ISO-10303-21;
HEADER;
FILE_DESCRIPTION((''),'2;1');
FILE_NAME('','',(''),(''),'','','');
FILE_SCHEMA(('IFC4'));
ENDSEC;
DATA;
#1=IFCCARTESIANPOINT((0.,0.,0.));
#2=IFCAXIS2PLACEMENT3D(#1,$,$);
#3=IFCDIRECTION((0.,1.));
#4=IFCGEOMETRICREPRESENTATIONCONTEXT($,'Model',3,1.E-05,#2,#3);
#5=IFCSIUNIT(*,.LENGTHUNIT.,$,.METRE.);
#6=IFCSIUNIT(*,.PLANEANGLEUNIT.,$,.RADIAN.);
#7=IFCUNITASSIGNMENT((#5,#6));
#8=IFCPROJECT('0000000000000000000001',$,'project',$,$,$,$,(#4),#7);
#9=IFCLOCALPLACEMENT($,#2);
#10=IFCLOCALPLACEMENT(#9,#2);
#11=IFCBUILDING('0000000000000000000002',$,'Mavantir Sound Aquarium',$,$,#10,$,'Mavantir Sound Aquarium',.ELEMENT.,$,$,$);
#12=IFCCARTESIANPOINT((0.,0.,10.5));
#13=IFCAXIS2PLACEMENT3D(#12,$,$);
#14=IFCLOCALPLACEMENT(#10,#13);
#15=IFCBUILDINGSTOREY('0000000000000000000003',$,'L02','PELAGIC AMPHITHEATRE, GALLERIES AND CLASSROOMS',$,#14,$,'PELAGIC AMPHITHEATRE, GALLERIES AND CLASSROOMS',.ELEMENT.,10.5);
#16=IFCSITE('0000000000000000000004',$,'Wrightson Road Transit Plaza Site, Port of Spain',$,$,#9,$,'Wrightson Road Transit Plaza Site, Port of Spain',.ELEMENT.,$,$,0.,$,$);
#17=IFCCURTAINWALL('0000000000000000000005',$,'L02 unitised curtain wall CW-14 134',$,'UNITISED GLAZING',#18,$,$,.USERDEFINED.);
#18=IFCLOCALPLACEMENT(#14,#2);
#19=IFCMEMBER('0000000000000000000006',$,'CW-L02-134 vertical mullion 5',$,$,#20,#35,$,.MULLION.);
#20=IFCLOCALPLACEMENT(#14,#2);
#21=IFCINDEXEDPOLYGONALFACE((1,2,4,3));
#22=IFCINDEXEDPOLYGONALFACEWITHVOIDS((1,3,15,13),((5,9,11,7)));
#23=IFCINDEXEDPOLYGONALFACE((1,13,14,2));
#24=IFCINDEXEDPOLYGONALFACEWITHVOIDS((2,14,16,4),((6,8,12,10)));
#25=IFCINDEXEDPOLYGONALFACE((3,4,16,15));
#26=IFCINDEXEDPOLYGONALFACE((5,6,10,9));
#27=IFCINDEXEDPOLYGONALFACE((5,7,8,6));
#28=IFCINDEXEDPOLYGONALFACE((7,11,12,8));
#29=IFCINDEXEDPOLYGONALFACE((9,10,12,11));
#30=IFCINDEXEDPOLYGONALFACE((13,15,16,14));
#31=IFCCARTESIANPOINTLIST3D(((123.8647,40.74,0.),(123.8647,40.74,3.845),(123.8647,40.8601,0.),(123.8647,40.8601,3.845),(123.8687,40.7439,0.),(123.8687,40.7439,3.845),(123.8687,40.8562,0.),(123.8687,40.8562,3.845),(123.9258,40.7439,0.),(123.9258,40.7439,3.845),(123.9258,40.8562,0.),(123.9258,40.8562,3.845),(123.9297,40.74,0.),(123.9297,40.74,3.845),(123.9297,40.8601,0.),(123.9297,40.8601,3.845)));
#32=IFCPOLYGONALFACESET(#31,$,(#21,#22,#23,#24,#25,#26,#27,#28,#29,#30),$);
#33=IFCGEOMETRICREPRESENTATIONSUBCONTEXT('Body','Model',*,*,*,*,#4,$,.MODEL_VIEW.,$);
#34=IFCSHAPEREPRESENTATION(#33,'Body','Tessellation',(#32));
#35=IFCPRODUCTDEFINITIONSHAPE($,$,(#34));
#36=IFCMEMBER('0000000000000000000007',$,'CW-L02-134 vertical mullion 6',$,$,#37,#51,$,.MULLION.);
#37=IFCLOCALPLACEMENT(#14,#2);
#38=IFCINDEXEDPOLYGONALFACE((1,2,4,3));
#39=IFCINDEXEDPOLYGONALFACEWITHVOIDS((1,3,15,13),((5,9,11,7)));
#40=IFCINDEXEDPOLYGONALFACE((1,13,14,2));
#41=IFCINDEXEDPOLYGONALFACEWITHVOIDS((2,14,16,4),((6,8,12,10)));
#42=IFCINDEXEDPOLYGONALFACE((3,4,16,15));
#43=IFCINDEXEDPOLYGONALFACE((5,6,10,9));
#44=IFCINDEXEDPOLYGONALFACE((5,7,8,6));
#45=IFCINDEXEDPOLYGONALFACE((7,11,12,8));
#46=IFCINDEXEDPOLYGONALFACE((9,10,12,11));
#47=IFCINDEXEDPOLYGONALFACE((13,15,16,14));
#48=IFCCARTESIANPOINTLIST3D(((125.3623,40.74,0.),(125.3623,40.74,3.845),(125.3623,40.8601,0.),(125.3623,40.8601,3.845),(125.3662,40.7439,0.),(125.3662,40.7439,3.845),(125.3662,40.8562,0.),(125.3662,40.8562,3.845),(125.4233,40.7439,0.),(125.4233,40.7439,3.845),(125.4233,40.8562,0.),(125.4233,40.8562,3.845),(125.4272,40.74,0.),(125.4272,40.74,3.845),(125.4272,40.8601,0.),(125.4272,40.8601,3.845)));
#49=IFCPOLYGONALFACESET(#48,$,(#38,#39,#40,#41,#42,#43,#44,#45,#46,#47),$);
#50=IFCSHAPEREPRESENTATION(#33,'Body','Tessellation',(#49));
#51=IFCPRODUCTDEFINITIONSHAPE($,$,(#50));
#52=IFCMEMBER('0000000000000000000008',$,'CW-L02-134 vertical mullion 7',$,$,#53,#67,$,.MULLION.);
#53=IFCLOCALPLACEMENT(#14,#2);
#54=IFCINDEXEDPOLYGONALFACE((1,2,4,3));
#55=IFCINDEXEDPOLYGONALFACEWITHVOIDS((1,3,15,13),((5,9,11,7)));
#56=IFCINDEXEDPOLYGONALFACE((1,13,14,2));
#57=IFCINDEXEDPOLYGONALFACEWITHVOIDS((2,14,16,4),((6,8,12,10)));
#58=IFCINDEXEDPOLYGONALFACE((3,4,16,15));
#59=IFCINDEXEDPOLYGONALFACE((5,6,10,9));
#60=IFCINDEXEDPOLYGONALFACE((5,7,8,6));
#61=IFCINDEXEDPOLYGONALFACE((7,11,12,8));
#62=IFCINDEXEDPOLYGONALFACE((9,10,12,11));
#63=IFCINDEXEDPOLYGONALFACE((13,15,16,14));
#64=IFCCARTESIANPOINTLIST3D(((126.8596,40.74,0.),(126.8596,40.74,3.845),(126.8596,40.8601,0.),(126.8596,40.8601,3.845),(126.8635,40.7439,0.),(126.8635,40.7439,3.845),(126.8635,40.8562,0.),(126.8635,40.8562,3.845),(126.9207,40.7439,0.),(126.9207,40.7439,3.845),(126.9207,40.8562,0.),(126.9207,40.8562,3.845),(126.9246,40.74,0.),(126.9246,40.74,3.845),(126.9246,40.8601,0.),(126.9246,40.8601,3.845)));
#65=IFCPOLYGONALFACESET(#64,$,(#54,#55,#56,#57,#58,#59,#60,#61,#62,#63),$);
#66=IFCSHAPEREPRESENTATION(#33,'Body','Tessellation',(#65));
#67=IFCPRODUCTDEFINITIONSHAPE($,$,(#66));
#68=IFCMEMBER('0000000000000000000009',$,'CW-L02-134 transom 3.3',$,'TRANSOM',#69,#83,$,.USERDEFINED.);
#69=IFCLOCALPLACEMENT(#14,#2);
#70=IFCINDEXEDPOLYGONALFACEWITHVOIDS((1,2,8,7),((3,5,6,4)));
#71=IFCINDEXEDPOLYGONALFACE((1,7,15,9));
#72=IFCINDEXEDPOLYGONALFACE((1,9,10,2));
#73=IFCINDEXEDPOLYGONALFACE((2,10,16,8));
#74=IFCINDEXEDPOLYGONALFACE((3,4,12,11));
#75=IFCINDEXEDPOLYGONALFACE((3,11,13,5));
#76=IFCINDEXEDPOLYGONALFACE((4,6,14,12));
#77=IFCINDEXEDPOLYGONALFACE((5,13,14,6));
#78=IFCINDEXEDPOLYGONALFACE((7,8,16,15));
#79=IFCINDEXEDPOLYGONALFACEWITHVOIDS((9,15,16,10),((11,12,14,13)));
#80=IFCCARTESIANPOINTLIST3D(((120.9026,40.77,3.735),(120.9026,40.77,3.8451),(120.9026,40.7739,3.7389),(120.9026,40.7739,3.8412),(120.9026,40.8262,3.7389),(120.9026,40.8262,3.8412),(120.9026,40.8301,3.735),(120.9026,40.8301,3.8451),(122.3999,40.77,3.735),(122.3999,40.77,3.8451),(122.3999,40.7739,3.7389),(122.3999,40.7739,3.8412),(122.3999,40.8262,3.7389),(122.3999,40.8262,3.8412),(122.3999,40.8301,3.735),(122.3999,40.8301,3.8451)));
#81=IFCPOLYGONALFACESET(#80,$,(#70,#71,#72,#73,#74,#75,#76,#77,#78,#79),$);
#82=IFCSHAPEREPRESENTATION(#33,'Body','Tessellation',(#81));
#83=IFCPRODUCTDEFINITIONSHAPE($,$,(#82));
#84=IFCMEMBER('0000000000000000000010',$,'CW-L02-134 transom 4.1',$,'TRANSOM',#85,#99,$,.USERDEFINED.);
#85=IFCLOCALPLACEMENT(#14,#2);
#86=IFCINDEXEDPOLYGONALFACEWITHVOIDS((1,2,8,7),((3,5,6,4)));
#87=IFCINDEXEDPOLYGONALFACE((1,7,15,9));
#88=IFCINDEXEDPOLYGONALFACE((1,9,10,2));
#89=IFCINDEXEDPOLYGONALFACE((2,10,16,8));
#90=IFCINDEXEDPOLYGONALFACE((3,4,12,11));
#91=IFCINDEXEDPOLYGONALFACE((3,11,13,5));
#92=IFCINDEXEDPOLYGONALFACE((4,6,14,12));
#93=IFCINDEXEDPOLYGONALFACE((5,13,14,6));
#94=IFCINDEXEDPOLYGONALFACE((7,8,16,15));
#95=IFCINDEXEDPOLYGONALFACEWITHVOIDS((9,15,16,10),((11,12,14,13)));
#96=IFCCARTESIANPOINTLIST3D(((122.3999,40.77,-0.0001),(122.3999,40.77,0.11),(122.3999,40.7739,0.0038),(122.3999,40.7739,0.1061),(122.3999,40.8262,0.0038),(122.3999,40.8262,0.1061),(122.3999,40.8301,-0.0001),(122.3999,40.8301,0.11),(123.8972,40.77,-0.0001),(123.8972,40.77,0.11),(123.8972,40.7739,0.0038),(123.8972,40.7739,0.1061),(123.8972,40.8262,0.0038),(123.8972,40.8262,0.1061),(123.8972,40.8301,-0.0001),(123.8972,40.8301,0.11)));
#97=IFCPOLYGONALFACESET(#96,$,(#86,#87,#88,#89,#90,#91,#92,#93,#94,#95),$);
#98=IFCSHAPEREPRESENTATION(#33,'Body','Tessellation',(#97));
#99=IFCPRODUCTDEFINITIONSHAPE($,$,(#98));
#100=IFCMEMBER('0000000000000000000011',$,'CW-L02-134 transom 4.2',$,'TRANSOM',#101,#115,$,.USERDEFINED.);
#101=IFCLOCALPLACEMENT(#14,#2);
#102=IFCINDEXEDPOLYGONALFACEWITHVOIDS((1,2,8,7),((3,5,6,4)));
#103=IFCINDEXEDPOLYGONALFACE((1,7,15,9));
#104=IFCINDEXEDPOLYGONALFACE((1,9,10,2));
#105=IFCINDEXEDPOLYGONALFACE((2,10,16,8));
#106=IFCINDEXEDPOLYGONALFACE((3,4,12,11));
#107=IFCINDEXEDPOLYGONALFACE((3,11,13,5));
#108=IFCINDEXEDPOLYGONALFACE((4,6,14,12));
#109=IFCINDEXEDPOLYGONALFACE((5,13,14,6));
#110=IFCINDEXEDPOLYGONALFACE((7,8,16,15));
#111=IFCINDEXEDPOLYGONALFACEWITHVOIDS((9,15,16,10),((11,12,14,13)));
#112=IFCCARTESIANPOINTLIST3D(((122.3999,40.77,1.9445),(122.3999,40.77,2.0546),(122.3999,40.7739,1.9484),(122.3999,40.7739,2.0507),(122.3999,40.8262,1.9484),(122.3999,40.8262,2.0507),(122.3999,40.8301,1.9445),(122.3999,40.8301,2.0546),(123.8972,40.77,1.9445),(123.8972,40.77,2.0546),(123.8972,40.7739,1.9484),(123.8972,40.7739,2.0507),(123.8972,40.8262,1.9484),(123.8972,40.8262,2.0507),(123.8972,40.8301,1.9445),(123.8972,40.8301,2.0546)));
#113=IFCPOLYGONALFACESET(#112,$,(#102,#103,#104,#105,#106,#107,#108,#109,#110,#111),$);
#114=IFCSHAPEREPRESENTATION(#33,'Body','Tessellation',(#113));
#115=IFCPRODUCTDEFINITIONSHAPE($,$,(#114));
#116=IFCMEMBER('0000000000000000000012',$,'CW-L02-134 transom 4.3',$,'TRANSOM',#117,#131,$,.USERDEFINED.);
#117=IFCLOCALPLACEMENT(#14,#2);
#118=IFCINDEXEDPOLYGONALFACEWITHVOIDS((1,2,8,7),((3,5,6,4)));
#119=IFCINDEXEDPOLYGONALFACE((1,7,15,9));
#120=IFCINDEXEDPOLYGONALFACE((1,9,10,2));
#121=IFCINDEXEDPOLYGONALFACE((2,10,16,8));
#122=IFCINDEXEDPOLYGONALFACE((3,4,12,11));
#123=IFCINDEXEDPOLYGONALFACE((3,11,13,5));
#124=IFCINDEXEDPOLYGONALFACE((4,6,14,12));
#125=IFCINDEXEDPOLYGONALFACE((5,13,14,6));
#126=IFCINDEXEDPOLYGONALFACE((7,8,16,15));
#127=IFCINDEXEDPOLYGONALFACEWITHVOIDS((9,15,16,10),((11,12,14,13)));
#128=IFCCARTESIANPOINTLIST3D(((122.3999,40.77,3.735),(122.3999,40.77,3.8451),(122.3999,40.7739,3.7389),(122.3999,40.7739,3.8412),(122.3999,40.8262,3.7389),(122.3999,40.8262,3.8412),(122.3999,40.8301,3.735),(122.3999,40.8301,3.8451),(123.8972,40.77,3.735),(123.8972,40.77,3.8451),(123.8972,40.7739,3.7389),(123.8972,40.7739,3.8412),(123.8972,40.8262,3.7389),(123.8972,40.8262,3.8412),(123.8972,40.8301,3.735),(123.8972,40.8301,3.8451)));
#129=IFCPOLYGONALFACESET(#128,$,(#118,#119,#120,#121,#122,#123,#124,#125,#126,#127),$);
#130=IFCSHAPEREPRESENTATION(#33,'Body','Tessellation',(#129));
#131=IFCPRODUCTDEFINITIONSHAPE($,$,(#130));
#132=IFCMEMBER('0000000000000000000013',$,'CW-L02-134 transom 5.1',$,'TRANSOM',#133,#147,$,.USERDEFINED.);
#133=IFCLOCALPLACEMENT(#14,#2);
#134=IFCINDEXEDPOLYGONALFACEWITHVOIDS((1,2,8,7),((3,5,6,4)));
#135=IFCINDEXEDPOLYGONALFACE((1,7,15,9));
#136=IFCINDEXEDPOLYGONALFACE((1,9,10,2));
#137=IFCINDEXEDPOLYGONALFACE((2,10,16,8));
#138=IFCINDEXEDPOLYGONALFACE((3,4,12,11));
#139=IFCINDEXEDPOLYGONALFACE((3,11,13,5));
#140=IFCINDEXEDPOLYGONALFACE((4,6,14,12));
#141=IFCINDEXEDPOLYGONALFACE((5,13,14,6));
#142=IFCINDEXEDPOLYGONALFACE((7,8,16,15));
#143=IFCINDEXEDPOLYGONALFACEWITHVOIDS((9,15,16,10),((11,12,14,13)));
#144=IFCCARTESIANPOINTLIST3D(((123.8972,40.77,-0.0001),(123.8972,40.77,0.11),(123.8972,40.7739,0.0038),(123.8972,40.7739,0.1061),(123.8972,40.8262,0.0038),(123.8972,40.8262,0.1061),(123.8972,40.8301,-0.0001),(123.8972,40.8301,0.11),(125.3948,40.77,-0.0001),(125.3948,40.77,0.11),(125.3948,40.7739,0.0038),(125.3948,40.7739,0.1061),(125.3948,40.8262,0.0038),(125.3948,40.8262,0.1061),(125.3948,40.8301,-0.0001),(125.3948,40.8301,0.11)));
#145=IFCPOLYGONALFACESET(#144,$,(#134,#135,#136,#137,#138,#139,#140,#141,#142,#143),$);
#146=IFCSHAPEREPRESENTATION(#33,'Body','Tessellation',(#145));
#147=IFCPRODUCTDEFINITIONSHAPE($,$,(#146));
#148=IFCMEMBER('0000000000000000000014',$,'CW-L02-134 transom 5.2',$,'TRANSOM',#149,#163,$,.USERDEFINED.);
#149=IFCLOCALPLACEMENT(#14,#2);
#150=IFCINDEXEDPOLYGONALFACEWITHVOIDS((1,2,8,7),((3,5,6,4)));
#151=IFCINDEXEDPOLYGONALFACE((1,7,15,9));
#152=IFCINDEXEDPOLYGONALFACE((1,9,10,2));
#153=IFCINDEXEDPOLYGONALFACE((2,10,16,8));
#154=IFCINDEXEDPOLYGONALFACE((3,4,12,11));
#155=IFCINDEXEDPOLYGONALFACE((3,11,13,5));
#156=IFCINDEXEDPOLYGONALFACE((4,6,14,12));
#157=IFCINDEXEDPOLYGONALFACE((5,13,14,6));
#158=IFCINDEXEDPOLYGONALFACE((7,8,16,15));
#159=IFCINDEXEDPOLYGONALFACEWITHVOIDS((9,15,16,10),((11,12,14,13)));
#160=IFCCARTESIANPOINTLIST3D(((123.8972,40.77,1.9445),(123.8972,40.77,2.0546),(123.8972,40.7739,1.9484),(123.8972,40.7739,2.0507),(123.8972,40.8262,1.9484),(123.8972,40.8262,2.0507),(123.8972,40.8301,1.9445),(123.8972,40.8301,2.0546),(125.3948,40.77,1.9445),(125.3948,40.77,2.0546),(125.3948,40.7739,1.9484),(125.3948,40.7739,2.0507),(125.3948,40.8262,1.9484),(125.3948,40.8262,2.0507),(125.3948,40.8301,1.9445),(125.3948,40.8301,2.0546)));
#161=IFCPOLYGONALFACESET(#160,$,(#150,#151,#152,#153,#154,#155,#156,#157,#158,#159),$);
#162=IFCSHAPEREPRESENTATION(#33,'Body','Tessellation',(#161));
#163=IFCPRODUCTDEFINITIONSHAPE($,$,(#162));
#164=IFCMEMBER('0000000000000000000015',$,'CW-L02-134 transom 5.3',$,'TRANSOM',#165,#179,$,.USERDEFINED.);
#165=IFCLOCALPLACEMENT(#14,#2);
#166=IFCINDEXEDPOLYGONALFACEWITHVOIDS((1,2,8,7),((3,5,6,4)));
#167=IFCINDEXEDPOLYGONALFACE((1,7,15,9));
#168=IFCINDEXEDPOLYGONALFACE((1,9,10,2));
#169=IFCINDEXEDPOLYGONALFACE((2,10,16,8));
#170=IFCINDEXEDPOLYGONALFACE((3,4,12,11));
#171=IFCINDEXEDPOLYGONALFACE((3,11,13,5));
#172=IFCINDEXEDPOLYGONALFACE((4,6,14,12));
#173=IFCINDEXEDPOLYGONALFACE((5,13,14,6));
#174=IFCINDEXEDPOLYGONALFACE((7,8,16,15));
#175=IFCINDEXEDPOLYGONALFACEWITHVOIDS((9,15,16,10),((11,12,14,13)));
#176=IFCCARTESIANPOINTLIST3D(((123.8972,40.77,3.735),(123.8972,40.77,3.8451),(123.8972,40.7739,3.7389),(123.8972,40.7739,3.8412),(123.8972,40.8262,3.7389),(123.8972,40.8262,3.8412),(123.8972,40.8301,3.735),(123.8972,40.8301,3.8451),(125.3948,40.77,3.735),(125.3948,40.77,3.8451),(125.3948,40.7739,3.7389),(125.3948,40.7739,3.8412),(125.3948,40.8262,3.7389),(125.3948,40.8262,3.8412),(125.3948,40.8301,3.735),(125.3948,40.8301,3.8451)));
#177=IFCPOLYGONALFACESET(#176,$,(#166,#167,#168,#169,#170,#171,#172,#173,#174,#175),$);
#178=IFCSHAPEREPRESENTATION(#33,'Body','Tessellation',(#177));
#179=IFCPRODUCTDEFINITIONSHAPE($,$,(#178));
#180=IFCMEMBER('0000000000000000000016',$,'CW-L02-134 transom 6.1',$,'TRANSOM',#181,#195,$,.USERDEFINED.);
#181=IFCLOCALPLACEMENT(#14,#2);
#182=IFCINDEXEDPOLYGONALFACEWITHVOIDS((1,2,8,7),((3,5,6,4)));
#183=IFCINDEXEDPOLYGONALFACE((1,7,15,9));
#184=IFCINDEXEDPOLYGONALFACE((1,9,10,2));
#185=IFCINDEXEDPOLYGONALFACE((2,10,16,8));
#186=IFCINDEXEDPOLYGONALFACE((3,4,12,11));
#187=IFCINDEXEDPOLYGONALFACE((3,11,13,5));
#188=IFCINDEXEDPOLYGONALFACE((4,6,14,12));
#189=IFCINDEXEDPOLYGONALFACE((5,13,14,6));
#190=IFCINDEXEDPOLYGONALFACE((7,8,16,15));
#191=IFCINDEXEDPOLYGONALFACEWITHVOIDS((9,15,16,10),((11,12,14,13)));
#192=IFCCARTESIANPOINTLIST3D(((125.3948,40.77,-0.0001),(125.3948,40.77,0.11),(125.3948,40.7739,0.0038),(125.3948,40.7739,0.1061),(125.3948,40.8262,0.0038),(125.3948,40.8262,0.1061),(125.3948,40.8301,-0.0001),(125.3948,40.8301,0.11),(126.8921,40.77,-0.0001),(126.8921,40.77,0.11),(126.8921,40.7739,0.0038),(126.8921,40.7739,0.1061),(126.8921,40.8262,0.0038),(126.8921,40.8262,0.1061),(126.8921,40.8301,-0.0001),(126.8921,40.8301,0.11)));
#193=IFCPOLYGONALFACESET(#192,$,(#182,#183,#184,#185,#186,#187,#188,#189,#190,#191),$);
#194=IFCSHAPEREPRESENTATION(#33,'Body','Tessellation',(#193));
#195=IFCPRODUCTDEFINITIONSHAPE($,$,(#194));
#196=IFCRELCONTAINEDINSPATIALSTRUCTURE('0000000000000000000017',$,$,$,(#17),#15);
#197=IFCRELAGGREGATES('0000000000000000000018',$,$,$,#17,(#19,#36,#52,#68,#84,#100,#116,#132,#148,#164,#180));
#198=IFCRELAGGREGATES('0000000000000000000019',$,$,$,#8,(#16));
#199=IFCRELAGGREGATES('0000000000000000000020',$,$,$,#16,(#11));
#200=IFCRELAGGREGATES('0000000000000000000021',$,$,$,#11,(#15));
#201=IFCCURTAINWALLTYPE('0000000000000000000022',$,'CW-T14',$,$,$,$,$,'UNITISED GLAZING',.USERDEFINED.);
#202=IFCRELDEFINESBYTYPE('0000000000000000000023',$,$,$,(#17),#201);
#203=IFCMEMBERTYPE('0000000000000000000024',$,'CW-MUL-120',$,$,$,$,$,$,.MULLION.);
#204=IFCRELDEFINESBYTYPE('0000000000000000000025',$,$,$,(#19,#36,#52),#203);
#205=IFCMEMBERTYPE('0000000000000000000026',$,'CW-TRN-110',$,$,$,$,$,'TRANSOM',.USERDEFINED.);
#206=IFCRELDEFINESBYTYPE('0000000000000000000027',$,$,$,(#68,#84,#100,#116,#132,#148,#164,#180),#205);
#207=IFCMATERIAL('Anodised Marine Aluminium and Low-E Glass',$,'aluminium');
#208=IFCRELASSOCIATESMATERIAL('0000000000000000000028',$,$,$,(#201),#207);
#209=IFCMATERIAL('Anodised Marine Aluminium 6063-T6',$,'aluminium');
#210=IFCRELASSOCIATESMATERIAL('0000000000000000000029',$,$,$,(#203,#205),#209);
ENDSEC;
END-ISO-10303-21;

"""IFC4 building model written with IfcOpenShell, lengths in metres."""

from ifc_helpers import new_model, si_unit, direction, frame, origin, origin_2d, place, context, subcontext, project, spatial, hollow_rectangle, extrude, material, material_profile, profile_set, type_object, element, aggregate, save


model = new_model("IFC4")

# Units and contexts
model_context = context("Model", 3, precision=1e-05, world=origin(), true_north=direction((0.0, 1.0)))
body_context = subcontext(model_context, "Body", "Model", "MODEL_VIEW")
ifc_project = project(units=[si_unit("LENGTHUNIT", "METRE"), si_unit("PLANEANGLEUNIT", "RADIAN")], contexts=[model_context])

# Site, building, storey
site_placement = place(None, origin())
site = spatial("IfcSite", under=ifc_project, at=site_placement, Name="Wrightson Road Transit Plaza Site, Port of Spain", LongName="Wrightson Road Transit Plaza Site, Port of Spain", CompositionType="ELEMENT", RefElevation=0.0)
building_placement = place(site_placement, origin())
building = spatial("IfcBuilding", under=site, at=building_placement, Name="Mavantir Sound Aquarium", LongName="Mavantir Sound Aquarium", CompositionType="ELEMENT")
storey_placement = place(building_placement, frame((0.0, 0.0, 10.5)))
storey = spatial("IfcBuildingStorey", under=building, at=storey_placement, Name="L02", Description="PELAGIC AMPHITHEATRE, GALLERIES AND CLASSROOMS", LongName="PELAGIC AMPHITHEATRE, GALLERIES AND CLASSROOMS", CompositionType="ELEMENT", Elevation=10.5)

# Curtain wall, members
ifc_material_1 = material(Name="Anodised Marine Aluminium and Low-E Glass", Category="aluminium")
curtain_wall_type = type_object("IfcCurtainWallType", Name="CW-T14", ElementType="UNITISED GLAZING", PredefinedType="USERDEFINED", material=ifc_material_1)
curtain_wall_placement = place(storey_placement, origin())
curtain_wall = element("IfcCurtainWall", 1, at=curtain_wall_placement, inside=storey, type_object=curtain_wall_type, Name="L02 unitised curtain wall CW-14 134", ObjectType="UNITISED GLAZING", PredefinedType="USERDEFINED")
ifc_material_2 = material(Name="Anodised Marine Aluminium 6063-T6", Category="aluminium")
ifc_material_profile_1 = material_profile(ifc_material_2, hollow_rectangle(XDim=0.0649, YDim=0.1201, WallThickness=0.0039, at=origin_2d()), Name="ALU-MULLION-120X65")
ifc_profile_set_1 = profile_set([ifc_material_profile_1], Name="Anodised Marine Aluminium 6063-T6")
member_type_1 = type_object("IfcMemberType", Name="CW-MUL-120", PredefinedType="MULLION", material=ifc_profile_set_1)
member_1_placement = place(storey_placement, frame((123.8972, 40.8, 0.0), z_axis=(0.0, 0.0, 1.0), x_axis=(1.0, 0.0, 0.0)))
member_1 = element("IfcMember", 2, at=member_1_placement, type_object=member_type_1, Name="CW-L02-134 vertical mullion 5", PredefinedType="MULLION", context=body_context, shape_type="SweptSolid", body=[
    extrude(hollow_rectangle(XDim=0.0649, YDim=0.1201, WallThickness=0.0039, at=origin_2d()), origin(), (0.0, 0.0, 1.0), 3.845),
])
member_2_placement = place(storey_placement, frame((125.3948, 40.8, 0.0), z_axis=(0.0, 0.0, 1.0), x_axis=(1.0, 0.0, 0.0)))
member_2 = element("IfcMember", 3, at=member_2_placement, type_object=member_type_1, Name="CW-L02-134 vertical mullion 6", PredefinedType="MULLION", context=body_context, shape_type="SweptSolid", body=[
    extrude(hollow_rectangle(XDim=0.0649, YDim=0.1201, WallThickness=0.0039, at=origin_2d()), origin(), (0.0, 0.0, 1.0), 3.845),
])
member_3_placement = place(storey_placement, frame((126.8921, 40.8, 0.0), z_axis=(0.0, 0.0, 1.0), x_axis=(1.0, 0.0, 0.0)))
member_3 = element("IfcMember", 4, at=member_3_placement, type_object=member_type_1, Name="CW-L02-134 vertical mullion 7", PredefinedType="MULLION", context=body_context, shape_type="SweptSolid", body=[
    extrude(hollow_rectangle(XDim=0.0649, YDim=0.1201, WallThickness=0.0039, at=origin_2d()), origin(), (0.0, 0.0, 1.0), 3.845),
])
ifc_material_profile_2 = material_profile(ifc_material_2, hollow_rectangle(XDim=0.0601, YDim=0.1101, WallThickness=0.0039, at=origin_2d()), Name="ALU-TRANSOM-110X60")
ifc_profile_set_2 = profile_set([ifc_material_profile_2], Name="Anodised Marine Aluminium 6063-T6")
member_type_2 = type_object("IfcMemberType", Name="CW-TRN-110", ElementType="TRANSOM", PredefinedType="USERDEFINED", material=ifc_profile_set_2)
member_4_placement = place(storey_placement, frame((120.9026, 40.8, 3.79), z_axis=(1.0, 0.0, 0.0), x_axis=(0.0, 1.0, 0.0)))
member_4 = element("IfcMember", 5, at=member_4_placement, type_object=member_type_2, Name="CW-L02-134 transom 3.3", ObjectType="TRANSOM", PredefinedType="USERDEFINED", context=body_context, shape_type="SweptSolid", body=[
    extrude(hollow_rectangle(XDim=0.0601, YDim=0.1101, WallThickness=0.0039, at=origin_2d()), origin(), (0.0, 0.0, 1.0), 1.4973),
])
member_5_placement = place(storey_placement, frame((122.3999, 40.8, 0.0549), z_axis=(1.0, 0.0, 0.0), x_axis=(0.0, 1.0, 0.0)))
member_5 = element("IfcMember", 6, at=member_5_placement, type_object=member_type_2, Name="CW-L02-134 transom 4.1", ObjectType="TRANSOM", PredefinedType="USERDEFINED", context=body_context, shape_type="SweptSolid", body=[
    extrude(hollow_rectangle(XDim=0.0601, YDim=0.1101, WallThickness=0.0039, at=origin_2d()), origin(), (0.0, 0.0, 1.0), 1.4973),
])
member_6_placement = place(storey_placement, frame((122.3999, 40.8, 1.9995), z_axis=(1.0, 0.0, 0.0), x_axis=(0.0, 1.0, 0.0)))
member_6 = element("IfcMember", 7, at=member_6_placement, type_object=member_type_2, Name="CW-L02-134 transom 4.2", ObjectType="TRANSOM", PredefinedType="USERDEFINED", context=body_context, shape_type="SweptSolid", body=[
    extrude(hollow_rectangle(XDim=0.0601, YDim=0.1101, WallThickness=0.0039, at=origin_2d()), origin(), (0.0, 0.0, 1.0), 1.4973),
])
member_7_placement = place(storey_placement, frame((122.3999, 40.8, 3.79), z_axis=(1.0, 0.0, 0.0), x_axis=(0.0, 1.0, 0.0)))
member_7 = element("IfcMember", 8, at=member_7_placement, type_object=member_type_2, Name="CW-L02-134 transom 4.3", ObjectType="TRANSOM", PredefinedType="USERDEFINED", context=body_context, shape_type="SweptSolid", body=[
    extrude(hollow_rectangle(XDim=0.0601, YDim=0.1101, WallThickness=0.0039, at=origin_2d()), origin(), (0.0, 0.0, 1.0), 1.4973),
])
member_8_placement = place(storey_placement, frame((123.8972, 40.8, 0.0549), z_axis=(1.0, 0.0, 0.0), x_axis=(0.0, 1.0, 0.0)))
member_8 = element("IfcMember", 9, at=member_8_placement, type_object=member_type_2, Name="CW-L02-134 transom 5.1", ObjectType="TRANSOM", PredefinedType="USERDEFINED", context=body_context, shape_type="SweptSolid", body=[
    extrude(hollow_rectangle(XDim=0.0601, YDim=0.1101, WallThickness=0.0039, at=origin_2d()), origin(), (0.0, 0.0, 1.0), 1.4976),
])
member_9_placement = place(storey_placement, frame((123.8972, 40.8, 1.9995), z_axis=(1.0, 0.0, 0.0), x_axis=(0.0, 1.0, 0.0)))
member_9 = element("IfcMember", 10, at=member_9_placement, type_object=member_type_2, Name="CW-L02-134 transom 5.2", ObjectType="TRANSOM", PredefinedType="USERDEFINED", context=body_context, shape_type="SweptSolid", body=[
    extrude(hollow_rectangle(XDim=0.0601, YDim=0.1101, WallThickness=0.0039, at=origin_2d()), origin(), (0.0, 0.0, 1.0), 1.4976),
])
member_10_placement = place(storey_placement, frame((123.8972, 40.8, 3.79), z_axis=(1.0, 0.0, 0.0), x_axis=(0.0, 1.0, 0.0)))
member_10 = element("IfcMember", 11, at=member_10_placement, type_object=member_type_2, Name="CW-L02-134 transom 5.3", ObjectType="TRANSOM", PredefinedType="USERDEFINED", context=body_context, shape_type="SweptSolid", body=[
    extrude(hollow_rectangle(XDim=0.0601, YDim=0.1101, WallThickness=0.0039, at=origin_2d()), origin(), (0.0, 0.0, 1.0), 1.4976),
])
member_11_placement = place(storey_placement, frame((125.3948, 40.8, 0.0549), z_axis=(1.0, 0.0, 0.0), x_axis=(0.0, 1.0, 0.0)))
member_11 = element("IfcMember", 12, at=member_11_placement, type_object=member_type_2, Name="CW-L02-134 transom 6.1", ObjectType="TRANSOM", PredefinedType="USERDEFINED", context=body_context, shape_type="SweptSolid", body=[
    extrude(hollow_rectangle(XDim=0.0601, YDim=0.1101, WallThickness=0.0039, at=origin_2d()), origin(), (0.0, 0.0, 1.0), 1.4973),
])
aggregate(curtain_wall, [member_1, member_2, member_3, member_4, member_5, member_6, member_7, member_8, member_9, member_10, member_11])

save(model, "model.ifc")
